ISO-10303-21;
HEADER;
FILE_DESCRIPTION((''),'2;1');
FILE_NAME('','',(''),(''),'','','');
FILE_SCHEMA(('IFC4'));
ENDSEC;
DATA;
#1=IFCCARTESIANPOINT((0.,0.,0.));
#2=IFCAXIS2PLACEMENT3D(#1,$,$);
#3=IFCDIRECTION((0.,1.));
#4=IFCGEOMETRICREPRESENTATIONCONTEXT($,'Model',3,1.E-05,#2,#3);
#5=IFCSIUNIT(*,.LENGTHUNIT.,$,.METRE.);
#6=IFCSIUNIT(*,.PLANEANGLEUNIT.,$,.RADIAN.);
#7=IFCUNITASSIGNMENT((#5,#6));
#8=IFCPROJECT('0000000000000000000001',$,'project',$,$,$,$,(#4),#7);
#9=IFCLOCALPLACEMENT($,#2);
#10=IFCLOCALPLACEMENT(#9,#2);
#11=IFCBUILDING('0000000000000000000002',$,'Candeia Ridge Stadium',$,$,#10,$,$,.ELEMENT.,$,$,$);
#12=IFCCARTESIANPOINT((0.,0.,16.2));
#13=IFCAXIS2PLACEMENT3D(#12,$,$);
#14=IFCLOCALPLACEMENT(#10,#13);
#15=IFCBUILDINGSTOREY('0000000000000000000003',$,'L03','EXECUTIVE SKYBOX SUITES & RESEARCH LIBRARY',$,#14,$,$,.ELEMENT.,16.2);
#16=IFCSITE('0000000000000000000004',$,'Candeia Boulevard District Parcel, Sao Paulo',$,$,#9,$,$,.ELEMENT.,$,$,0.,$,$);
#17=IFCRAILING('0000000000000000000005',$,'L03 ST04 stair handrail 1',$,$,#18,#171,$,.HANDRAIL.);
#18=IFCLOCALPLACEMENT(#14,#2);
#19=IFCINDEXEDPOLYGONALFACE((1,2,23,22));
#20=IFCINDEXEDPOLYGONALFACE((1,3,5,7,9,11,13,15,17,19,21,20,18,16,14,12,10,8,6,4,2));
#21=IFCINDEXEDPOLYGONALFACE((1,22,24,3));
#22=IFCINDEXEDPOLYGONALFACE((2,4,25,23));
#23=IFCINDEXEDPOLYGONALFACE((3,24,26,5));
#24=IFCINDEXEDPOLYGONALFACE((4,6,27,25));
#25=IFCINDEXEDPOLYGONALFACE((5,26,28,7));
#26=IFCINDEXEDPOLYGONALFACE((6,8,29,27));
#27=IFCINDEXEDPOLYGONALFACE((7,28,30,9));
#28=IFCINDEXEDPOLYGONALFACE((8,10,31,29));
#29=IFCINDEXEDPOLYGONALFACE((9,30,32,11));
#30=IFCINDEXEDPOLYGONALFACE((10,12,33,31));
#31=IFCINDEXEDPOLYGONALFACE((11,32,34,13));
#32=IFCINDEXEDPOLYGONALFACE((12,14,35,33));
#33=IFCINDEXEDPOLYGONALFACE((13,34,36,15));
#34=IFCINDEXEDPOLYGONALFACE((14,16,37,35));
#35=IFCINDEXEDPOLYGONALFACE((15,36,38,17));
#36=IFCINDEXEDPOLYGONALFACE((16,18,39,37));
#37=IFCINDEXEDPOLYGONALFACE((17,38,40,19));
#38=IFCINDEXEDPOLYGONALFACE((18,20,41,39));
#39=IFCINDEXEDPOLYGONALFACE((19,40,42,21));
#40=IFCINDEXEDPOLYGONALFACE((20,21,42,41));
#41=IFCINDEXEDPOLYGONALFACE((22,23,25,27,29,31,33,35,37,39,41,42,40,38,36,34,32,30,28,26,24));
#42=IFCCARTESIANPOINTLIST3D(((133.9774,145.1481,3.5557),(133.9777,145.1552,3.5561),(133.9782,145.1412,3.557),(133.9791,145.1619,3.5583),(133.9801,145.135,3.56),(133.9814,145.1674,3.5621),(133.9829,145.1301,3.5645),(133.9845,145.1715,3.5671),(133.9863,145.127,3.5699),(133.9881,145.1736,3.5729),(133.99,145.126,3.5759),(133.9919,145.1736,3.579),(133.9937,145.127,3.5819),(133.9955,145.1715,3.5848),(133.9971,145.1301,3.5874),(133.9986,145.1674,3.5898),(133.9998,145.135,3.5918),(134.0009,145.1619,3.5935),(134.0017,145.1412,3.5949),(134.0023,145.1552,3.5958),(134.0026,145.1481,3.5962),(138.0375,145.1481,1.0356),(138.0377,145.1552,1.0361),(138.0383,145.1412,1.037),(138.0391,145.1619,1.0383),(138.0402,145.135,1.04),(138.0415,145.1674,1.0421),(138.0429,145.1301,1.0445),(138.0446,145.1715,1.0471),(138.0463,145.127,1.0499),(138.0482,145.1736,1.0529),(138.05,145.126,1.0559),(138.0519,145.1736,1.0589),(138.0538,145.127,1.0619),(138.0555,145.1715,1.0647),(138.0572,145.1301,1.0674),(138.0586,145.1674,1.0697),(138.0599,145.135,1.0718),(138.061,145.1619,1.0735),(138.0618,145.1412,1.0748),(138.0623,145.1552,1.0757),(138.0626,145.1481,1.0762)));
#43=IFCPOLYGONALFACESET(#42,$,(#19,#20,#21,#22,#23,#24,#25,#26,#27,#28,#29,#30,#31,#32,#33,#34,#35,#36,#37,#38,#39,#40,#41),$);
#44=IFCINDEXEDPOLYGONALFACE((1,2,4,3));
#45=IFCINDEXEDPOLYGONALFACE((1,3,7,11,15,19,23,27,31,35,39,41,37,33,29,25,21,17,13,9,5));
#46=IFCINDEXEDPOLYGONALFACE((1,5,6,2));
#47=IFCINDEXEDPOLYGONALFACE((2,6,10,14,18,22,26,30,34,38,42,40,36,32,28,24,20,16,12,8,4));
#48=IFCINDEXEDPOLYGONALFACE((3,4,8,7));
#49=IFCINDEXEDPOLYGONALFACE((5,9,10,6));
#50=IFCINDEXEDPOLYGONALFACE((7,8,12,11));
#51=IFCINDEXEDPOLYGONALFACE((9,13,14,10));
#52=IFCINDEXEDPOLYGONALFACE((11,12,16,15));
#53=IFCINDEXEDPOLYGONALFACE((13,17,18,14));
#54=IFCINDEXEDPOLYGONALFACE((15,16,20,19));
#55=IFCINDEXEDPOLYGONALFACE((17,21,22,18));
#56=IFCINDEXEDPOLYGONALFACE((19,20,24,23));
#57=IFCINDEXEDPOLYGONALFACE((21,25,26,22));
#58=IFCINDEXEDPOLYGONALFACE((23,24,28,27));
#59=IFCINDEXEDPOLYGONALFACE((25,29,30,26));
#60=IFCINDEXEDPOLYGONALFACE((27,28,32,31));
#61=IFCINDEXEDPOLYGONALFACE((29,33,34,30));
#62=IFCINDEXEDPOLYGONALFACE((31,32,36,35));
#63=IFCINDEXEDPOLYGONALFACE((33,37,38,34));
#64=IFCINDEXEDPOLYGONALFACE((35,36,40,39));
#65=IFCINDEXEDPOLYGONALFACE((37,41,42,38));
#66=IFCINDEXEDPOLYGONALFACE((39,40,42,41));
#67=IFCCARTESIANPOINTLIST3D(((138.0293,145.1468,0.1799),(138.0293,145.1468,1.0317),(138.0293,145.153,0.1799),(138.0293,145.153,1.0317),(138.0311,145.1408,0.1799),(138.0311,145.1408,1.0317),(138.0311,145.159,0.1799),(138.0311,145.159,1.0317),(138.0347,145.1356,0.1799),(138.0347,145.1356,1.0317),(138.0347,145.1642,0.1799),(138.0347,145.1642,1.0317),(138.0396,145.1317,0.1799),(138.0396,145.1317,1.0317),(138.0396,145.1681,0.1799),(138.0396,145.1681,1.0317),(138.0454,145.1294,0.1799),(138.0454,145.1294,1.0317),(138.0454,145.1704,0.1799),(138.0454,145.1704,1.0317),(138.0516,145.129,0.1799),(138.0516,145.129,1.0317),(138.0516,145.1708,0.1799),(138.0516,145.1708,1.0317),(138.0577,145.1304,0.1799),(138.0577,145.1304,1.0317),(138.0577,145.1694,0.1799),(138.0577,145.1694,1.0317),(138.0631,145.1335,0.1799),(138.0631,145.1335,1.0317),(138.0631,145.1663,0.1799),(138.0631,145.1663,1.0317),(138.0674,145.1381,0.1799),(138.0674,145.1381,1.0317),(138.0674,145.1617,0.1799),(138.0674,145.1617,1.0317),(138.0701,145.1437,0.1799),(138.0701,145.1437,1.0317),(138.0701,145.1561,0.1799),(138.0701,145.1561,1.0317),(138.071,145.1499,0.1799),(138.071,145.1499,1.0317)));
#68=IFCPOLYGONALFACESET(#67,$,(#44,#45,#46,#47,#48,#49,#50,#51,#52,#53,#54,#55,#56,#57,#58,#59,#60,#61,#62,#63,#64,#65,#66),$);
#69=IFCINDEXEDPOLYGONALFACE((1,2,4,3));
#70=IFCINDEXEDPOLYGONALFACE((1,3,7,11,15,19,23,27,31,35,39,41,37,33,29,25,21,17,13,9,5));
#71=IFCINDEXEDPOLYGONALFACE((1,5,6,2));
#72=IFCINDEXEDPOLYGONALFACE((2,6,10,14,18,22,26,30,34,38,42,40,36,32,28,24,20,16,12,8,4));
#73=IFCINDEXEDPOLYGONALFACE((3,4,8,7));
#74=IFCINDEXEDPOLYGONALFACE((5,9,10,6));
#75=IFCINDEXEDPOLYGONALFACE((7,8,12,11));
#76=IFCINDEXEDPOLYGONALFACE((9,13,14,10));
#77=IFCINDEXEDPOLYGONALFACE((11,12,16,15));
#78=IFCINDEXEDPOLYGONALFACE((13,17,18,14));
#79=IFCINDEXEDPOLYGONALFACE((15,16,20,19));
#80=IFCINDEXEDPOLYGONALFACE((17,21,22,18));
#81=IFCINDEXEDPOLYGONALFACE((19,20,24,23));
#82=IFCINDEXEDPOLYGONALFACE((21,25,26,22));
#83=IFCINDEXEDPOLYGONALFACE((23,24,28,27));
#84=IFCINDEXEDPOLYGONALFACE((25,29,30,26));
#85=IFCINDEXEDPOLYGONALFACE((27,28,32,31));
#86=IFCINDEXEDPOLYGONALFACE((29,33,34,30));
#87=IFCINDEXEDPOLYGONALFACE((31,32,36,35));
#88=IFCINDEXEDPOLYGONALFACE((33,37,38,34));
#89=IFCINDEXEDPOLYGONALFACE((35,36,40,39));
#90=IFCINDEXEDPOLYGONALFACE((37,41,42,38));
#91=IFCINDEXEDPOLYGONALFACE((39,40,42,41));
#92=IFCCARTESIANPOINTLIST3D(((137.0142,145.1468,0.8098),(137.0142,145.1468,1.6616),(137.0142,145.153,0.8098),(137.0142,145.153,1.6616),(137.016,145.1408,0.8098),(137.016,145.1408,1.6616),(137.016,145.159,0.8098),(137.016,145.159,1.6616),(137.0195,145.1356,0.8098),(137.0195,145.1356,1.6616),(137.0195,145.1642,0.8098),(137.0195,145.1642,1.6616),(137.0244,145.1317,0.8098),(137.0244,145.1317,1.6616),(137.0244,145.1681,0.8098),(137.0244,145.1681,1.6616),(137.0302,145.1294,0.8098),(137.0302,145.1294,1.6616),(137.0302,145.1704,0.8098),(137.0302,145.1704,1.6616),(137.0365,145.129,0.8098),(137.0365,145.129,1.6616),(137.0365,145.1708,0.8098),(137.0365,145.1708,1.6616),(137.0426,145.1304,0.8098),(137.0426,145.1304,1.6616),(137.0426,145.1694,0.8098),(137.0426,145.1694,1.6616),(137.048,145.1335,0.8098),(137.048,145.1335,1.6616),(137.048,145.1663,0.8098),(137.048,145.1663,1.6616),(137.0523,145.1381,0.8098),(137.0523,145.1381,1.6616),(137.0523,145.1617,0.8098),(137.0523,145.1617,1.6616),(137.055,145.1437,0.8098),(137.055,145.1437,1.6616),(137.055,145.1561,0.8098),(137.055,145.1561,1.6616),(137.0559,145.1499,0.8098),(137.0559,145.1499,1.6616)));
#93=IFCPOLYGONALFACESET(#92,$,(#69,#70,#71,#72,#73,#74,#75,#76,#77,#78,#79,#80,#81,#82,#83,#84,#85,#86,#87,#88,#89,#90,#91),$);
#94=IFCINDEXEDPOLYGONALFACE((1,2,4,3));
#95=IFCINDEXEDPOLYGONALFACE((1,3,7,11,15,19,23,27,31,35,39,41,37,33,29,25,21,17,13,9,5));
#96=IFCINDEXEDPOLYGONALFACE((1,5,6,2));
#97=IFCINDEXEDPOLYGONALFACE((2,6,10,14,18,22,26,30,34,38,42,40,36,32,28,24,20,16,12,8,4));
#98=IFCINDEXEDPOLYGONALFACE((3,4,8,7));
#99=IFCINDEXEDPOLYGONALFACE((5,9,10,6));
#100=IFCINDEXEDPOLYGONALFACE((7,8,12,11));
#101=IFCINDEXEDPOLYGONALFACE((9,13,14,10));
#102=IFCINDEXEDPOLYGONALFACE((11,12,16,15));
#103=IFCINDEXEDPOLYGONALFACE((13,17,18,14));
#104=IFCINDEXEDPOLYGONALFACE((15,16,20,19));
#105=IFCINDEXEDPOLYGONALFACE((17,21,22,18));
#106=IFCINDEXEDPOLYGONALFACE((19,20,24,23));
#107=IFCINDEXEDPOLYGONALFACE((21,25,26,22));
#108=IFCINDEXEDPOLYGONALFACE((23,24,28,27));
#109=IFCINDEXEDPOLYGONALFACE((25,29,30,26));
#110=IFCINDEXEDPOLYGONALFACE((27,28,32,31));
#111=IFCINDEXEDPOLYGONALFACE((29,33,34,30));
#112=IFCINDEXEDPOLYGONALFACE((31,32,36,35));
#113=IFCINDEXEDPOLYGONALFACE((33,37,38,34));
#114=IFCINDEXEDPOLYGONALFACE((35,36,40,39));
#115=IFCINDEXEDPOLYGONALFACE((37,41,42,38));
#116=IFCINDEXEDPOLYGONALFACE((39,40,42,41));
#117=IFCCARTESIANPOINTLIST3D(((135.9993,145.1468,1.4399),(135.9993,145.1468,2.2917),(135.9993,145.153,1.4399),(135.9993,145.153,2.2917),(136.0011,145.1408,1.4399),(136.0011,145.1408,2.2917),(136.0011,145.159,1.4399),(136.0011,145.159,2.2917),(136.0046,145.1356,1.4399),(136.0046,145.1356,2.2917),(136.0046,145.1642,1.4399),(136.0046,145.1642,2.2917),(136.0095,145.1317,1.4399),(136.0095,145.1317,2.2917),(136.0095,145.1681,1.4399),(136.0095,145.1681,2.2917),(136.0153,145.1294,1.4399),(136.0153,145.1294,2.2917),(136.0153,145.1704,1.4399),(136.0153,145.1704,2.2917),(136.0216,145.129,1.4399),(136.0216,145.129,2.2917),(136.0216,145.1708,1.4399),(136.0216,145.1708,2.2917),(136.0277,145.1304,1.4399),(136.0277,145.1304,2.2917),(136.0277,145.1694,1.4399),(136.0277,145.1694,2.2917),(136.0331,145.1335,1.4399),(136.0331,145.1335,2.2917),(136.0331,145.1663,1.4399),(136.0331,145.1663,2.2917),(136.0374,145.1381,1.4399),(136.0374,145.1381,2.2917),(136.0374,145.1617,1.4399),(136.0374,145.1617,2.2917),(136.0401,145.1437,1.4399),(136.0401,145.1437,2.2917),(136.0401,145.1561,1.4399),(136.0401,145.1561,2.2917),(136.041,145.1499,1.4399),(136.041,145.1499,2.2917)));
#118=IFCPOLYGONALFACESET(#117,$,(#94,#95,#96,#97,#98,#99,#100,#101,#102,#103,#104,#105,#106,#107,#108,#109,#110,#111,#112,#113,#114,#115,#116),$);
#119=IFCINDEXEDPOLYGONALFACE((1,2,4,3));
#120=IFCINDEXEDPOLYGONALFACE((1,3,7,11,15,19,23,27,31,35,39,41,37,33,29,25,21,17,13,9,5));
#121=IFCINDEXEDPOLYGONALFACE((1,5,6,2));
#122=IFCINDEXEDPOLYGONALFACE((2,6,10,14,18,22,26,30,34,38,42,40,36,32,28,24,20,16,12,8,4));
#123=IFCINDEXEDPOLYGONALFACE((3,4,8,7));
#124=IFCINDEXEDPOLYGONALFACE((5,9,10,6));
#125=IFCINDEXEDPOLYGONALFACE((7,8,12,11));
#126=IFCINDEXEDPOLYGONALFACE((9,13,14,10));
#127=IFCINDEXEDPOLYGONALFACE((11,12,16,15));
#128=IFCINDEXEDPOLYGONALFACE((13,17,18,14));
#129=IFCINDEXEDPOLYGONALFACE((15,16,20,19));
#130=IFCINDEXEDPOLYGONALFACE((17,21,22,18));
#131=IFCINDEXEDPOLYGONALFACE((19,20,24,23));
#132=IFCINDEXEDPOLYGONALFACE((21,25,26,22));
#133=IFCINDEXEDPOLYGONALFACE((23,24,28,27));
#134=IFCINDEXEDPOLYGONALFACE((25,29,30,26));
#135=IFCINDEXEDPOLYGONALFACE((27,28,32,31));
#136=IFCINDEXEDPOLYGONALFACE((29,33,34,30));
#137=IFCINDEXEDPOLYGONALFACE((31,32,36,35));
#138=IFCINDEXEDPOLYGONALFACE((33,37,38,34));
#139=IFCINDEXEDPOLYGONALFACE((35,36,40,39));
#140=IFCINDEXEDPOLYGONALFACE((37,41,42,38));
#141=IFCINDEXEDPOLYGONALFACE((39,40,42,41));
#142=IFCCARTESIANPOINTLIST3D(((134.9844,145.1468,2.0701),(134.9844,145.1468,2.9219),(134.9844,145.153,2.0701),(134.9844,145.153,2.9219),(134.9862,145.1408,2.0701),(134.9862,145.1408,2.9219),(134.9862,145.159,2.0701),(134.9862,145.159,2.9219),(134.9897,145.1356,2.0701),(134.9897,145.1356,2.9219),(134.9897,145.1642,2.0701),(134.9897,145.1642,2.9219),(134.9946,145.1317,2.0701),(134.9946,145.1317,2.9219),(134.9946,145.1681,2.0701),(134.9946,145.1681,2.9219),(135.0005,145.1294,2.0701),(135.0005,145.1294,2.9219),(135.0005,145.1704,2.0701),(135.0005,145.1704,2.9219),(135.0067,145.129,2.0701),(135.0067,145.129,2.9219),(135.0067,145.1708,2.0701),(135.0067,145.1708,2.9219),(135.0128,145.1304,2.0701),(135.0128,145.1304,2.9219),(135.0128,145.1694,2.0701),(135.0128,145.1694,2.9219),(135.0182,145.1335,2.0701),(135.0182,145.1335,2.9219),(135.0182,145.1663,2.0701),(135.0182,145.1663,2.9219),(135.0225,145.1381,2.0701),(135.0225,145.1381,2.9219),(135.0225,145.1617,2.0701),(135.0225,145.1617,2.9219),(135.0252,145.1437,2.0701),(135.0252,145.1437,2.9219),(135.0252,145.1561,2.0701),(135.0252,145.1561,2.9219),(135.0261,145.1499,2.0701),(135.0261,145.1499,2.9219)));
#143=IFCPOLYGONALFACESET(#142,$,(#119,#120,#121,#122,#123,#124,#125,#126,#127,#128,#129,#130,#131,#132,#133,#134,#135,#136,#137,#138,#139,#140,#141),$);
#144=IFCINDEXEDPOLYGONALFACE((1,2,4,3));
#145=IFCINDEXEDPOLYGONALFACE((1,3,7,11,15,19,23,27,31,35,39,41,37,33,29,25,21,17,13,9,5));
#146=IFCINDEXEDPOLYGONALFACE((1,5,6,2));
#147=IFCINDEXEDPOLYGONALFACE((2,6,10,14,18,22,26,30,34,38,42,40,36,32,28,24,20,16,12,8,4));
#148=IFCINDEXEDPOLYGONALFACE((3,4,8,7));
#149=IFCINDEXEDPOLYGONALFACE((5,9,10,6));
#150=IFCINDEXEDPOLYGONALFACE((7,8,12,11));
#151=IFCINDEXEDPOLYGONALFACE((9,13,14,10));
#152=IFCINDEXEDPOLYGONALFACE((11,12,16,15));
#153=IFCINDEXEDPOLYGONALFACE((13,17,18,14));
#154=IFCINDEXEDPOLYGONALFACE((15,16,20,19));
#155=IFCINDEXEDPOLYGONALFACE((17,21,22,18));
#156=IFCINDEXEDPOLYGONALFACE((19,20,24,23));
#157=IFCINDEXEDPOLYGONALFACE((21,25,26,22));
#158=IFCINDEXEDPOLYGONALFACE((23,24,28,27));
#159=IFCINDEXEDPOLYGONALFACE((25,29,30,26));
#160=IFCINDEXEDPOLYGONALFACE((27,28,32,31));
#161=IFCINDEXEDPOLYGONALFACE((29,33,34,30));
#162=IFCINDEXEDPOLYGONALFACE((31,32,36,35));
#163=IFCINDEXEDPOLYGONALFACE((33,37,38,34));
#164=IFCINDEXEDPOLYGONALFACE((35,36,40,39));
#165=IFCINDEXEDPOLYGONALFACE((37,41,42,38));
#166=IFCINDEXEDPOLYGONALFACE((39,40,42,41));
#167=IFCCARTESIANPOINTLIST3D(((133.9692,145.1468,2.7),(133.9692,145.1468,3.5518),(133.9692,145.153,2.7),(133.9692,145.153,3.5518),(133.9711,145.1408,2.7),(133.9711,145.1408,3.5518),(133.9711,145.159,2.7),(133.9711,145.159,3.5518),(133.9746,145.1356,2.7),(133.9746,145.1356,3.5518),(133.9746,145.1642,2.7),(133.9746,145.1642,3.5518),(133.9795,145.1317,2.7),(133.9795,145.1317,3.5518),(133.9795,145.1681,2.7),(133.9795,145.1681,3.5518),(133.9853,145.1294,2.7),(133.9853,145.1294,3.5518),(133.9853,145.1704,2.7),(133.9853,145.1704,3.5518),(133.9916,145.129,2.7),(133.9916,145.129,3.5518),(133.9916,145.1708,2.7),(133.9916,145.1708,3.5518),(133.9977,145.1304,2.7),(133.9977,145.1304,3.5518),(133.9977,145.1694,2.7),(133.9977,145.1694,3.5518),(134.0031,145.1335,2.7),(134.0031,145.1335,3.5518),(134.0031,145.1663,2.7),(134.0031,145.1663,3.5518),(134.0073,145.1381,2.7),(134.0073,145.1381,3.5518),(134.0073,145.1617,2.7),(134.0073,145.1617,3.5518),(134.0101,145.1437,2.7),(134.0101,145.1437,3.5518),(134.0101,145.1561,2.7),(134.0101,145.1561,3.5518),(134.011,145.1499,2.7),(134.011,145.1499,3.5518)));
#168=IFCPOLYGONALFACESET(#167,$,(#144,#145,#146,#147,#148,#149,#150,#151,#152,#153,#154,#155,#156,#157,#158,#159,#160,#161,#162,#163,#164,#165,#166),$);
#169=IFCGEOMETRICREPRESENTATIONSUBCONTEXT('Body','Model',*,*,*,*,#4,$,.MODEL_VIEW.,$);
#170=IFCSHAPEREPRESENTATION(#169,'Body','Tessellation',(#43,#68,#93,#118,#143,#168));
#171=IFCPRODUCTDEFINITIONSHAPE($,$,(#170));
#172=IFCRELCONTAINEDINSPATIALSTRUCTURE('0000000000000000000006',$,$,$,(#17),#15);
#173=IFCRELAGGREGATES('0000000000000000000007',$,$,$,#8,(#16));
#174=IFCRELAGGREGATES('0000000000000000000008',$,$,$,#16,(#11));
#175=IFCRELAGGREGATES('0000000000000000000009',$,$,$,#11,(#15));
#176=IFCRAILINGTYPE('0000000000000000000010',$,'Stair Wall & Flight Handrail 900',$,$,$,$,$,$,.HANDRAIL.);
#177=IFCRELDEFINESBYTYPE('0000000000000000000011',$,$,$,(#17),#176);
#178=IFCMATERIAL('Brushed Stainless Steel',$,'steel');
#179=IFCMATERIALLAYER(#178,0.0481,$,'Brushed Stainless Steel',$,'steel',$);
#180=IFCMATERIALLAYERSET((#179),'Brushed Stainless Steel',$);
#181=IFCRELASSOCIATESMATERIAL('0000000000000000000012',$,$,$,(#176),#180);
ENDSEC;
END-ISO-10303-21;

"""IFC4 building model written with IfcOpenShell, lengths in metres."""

from ifc_helpers import new_model, si_unit, direction, frame, origin, origin_2d, place, context, subcontext, project, spatial, circle, extrude, material, layer, layer_set, type_object, element, save


model = new_model("IFC4")

# Units and contexts
model_context = context("Model", 3, precision=1e-05, world=origin(), true_north=direction((0.0, 1.0)))
body_context = subcontext(model_context, "Body", "Model", "MODEL_VIEW")
ifc_project = project(units=[si_unit("LENGTHUNIT", "METRE"), si_unit("PLANEANGLEUNIT", "RADIAN")], contexts=[model_context])

# Site, building, storey
site_placement = place(None, origin())
site = spatial("IfcSite", under=ifc_project, at=site_placement, Name="Candeia Boulevard District Parcel, Sao Paulo", CompositionType="ELEMENT", RefElevation=0.0)
building_placement = place(site_placement, origin())
building = spatial("IfcBuilding", under=site, at=building_placement, Name="Candeia Ridge Stadium", CompositionType="ELEMENT")
storey_placement = place(building_placement, frame((0.0, 0.0, 16.2)))
storey = spatial("IfcBuildingStorey", under=building, at=storey_placement, Name="L03", Description="EXECUTIVE SKYBOX SUITES & RESEARCH LIBRARY", CompositionType="ELEMENT", Elevation=16.2)

# Shared definitions
ifc_material_1 = material(Name="Brushed Stainless Steel", Category="steel")

# Railing
ifc_layer_1 = layer(ifc_material_1, 0.0481, Name="Brushed Stainless Steel", Category="steel")
ifc_layer_set_1 = layer_set([ifc_layer_1], Name="Brushed Stainless Steel")
railing_type_1 = type_object("IfcRailingType", Name="Stair Wall & Flight Handrail 900", PredefinedType="HANDRAIL", material=ifc_layer_set_1)
railing_1_placement = place(storey_placement, frame((138.05, 145.1499, 0.1799)))
element("IfcRailing", 1, at=railing_1_placement, inside=storey, type_object=railing_type_1, Name="L03 ST04 stair handrail 1", PredefinedType="HANDRAIL", context=body_context, shape_type="SweptSolid", body=[
    extrude(circle(Radius=0.0239, at=origin_2d()), frame((0.0, 0.0, 0.876), z_axis=(-0.849642, 0.0, 0.52736), x_axis=(0.0, -1.0, 0.0)), (0.0, 0.0, 1.0), 4.7786),
    extrude(circle(Radius=0.021, at=origin_2d()), origin(), (0.0, 0.0, 1.0), 0.8518),
    extrude(circle(Radius=0.021, at=origin_2d()), frame((-1.0151, 0.0, 0.6299)), (0.0, 0.0, 1.0), 0.8518),
    extrude(circle(Radius=0.021, at=origin_2d()), frame((-2.03, 0.0, 1.26)), (0.0, 0.0, 1.0), 0.8518),
    extrude(circle(Radius=0.021, at=origin_2d()), frame((-3.0449, 0.0, 1.8901)), (0.0, 0.0, 1.0), 0.8518),
    extrude(circle(Radius=0.021, at=origin_2d()), frame((-4.0601, 0.0, 2.52)), (0.0, 0.0, 1.0), 0.8518),
])

save(model, "model.ifc")
